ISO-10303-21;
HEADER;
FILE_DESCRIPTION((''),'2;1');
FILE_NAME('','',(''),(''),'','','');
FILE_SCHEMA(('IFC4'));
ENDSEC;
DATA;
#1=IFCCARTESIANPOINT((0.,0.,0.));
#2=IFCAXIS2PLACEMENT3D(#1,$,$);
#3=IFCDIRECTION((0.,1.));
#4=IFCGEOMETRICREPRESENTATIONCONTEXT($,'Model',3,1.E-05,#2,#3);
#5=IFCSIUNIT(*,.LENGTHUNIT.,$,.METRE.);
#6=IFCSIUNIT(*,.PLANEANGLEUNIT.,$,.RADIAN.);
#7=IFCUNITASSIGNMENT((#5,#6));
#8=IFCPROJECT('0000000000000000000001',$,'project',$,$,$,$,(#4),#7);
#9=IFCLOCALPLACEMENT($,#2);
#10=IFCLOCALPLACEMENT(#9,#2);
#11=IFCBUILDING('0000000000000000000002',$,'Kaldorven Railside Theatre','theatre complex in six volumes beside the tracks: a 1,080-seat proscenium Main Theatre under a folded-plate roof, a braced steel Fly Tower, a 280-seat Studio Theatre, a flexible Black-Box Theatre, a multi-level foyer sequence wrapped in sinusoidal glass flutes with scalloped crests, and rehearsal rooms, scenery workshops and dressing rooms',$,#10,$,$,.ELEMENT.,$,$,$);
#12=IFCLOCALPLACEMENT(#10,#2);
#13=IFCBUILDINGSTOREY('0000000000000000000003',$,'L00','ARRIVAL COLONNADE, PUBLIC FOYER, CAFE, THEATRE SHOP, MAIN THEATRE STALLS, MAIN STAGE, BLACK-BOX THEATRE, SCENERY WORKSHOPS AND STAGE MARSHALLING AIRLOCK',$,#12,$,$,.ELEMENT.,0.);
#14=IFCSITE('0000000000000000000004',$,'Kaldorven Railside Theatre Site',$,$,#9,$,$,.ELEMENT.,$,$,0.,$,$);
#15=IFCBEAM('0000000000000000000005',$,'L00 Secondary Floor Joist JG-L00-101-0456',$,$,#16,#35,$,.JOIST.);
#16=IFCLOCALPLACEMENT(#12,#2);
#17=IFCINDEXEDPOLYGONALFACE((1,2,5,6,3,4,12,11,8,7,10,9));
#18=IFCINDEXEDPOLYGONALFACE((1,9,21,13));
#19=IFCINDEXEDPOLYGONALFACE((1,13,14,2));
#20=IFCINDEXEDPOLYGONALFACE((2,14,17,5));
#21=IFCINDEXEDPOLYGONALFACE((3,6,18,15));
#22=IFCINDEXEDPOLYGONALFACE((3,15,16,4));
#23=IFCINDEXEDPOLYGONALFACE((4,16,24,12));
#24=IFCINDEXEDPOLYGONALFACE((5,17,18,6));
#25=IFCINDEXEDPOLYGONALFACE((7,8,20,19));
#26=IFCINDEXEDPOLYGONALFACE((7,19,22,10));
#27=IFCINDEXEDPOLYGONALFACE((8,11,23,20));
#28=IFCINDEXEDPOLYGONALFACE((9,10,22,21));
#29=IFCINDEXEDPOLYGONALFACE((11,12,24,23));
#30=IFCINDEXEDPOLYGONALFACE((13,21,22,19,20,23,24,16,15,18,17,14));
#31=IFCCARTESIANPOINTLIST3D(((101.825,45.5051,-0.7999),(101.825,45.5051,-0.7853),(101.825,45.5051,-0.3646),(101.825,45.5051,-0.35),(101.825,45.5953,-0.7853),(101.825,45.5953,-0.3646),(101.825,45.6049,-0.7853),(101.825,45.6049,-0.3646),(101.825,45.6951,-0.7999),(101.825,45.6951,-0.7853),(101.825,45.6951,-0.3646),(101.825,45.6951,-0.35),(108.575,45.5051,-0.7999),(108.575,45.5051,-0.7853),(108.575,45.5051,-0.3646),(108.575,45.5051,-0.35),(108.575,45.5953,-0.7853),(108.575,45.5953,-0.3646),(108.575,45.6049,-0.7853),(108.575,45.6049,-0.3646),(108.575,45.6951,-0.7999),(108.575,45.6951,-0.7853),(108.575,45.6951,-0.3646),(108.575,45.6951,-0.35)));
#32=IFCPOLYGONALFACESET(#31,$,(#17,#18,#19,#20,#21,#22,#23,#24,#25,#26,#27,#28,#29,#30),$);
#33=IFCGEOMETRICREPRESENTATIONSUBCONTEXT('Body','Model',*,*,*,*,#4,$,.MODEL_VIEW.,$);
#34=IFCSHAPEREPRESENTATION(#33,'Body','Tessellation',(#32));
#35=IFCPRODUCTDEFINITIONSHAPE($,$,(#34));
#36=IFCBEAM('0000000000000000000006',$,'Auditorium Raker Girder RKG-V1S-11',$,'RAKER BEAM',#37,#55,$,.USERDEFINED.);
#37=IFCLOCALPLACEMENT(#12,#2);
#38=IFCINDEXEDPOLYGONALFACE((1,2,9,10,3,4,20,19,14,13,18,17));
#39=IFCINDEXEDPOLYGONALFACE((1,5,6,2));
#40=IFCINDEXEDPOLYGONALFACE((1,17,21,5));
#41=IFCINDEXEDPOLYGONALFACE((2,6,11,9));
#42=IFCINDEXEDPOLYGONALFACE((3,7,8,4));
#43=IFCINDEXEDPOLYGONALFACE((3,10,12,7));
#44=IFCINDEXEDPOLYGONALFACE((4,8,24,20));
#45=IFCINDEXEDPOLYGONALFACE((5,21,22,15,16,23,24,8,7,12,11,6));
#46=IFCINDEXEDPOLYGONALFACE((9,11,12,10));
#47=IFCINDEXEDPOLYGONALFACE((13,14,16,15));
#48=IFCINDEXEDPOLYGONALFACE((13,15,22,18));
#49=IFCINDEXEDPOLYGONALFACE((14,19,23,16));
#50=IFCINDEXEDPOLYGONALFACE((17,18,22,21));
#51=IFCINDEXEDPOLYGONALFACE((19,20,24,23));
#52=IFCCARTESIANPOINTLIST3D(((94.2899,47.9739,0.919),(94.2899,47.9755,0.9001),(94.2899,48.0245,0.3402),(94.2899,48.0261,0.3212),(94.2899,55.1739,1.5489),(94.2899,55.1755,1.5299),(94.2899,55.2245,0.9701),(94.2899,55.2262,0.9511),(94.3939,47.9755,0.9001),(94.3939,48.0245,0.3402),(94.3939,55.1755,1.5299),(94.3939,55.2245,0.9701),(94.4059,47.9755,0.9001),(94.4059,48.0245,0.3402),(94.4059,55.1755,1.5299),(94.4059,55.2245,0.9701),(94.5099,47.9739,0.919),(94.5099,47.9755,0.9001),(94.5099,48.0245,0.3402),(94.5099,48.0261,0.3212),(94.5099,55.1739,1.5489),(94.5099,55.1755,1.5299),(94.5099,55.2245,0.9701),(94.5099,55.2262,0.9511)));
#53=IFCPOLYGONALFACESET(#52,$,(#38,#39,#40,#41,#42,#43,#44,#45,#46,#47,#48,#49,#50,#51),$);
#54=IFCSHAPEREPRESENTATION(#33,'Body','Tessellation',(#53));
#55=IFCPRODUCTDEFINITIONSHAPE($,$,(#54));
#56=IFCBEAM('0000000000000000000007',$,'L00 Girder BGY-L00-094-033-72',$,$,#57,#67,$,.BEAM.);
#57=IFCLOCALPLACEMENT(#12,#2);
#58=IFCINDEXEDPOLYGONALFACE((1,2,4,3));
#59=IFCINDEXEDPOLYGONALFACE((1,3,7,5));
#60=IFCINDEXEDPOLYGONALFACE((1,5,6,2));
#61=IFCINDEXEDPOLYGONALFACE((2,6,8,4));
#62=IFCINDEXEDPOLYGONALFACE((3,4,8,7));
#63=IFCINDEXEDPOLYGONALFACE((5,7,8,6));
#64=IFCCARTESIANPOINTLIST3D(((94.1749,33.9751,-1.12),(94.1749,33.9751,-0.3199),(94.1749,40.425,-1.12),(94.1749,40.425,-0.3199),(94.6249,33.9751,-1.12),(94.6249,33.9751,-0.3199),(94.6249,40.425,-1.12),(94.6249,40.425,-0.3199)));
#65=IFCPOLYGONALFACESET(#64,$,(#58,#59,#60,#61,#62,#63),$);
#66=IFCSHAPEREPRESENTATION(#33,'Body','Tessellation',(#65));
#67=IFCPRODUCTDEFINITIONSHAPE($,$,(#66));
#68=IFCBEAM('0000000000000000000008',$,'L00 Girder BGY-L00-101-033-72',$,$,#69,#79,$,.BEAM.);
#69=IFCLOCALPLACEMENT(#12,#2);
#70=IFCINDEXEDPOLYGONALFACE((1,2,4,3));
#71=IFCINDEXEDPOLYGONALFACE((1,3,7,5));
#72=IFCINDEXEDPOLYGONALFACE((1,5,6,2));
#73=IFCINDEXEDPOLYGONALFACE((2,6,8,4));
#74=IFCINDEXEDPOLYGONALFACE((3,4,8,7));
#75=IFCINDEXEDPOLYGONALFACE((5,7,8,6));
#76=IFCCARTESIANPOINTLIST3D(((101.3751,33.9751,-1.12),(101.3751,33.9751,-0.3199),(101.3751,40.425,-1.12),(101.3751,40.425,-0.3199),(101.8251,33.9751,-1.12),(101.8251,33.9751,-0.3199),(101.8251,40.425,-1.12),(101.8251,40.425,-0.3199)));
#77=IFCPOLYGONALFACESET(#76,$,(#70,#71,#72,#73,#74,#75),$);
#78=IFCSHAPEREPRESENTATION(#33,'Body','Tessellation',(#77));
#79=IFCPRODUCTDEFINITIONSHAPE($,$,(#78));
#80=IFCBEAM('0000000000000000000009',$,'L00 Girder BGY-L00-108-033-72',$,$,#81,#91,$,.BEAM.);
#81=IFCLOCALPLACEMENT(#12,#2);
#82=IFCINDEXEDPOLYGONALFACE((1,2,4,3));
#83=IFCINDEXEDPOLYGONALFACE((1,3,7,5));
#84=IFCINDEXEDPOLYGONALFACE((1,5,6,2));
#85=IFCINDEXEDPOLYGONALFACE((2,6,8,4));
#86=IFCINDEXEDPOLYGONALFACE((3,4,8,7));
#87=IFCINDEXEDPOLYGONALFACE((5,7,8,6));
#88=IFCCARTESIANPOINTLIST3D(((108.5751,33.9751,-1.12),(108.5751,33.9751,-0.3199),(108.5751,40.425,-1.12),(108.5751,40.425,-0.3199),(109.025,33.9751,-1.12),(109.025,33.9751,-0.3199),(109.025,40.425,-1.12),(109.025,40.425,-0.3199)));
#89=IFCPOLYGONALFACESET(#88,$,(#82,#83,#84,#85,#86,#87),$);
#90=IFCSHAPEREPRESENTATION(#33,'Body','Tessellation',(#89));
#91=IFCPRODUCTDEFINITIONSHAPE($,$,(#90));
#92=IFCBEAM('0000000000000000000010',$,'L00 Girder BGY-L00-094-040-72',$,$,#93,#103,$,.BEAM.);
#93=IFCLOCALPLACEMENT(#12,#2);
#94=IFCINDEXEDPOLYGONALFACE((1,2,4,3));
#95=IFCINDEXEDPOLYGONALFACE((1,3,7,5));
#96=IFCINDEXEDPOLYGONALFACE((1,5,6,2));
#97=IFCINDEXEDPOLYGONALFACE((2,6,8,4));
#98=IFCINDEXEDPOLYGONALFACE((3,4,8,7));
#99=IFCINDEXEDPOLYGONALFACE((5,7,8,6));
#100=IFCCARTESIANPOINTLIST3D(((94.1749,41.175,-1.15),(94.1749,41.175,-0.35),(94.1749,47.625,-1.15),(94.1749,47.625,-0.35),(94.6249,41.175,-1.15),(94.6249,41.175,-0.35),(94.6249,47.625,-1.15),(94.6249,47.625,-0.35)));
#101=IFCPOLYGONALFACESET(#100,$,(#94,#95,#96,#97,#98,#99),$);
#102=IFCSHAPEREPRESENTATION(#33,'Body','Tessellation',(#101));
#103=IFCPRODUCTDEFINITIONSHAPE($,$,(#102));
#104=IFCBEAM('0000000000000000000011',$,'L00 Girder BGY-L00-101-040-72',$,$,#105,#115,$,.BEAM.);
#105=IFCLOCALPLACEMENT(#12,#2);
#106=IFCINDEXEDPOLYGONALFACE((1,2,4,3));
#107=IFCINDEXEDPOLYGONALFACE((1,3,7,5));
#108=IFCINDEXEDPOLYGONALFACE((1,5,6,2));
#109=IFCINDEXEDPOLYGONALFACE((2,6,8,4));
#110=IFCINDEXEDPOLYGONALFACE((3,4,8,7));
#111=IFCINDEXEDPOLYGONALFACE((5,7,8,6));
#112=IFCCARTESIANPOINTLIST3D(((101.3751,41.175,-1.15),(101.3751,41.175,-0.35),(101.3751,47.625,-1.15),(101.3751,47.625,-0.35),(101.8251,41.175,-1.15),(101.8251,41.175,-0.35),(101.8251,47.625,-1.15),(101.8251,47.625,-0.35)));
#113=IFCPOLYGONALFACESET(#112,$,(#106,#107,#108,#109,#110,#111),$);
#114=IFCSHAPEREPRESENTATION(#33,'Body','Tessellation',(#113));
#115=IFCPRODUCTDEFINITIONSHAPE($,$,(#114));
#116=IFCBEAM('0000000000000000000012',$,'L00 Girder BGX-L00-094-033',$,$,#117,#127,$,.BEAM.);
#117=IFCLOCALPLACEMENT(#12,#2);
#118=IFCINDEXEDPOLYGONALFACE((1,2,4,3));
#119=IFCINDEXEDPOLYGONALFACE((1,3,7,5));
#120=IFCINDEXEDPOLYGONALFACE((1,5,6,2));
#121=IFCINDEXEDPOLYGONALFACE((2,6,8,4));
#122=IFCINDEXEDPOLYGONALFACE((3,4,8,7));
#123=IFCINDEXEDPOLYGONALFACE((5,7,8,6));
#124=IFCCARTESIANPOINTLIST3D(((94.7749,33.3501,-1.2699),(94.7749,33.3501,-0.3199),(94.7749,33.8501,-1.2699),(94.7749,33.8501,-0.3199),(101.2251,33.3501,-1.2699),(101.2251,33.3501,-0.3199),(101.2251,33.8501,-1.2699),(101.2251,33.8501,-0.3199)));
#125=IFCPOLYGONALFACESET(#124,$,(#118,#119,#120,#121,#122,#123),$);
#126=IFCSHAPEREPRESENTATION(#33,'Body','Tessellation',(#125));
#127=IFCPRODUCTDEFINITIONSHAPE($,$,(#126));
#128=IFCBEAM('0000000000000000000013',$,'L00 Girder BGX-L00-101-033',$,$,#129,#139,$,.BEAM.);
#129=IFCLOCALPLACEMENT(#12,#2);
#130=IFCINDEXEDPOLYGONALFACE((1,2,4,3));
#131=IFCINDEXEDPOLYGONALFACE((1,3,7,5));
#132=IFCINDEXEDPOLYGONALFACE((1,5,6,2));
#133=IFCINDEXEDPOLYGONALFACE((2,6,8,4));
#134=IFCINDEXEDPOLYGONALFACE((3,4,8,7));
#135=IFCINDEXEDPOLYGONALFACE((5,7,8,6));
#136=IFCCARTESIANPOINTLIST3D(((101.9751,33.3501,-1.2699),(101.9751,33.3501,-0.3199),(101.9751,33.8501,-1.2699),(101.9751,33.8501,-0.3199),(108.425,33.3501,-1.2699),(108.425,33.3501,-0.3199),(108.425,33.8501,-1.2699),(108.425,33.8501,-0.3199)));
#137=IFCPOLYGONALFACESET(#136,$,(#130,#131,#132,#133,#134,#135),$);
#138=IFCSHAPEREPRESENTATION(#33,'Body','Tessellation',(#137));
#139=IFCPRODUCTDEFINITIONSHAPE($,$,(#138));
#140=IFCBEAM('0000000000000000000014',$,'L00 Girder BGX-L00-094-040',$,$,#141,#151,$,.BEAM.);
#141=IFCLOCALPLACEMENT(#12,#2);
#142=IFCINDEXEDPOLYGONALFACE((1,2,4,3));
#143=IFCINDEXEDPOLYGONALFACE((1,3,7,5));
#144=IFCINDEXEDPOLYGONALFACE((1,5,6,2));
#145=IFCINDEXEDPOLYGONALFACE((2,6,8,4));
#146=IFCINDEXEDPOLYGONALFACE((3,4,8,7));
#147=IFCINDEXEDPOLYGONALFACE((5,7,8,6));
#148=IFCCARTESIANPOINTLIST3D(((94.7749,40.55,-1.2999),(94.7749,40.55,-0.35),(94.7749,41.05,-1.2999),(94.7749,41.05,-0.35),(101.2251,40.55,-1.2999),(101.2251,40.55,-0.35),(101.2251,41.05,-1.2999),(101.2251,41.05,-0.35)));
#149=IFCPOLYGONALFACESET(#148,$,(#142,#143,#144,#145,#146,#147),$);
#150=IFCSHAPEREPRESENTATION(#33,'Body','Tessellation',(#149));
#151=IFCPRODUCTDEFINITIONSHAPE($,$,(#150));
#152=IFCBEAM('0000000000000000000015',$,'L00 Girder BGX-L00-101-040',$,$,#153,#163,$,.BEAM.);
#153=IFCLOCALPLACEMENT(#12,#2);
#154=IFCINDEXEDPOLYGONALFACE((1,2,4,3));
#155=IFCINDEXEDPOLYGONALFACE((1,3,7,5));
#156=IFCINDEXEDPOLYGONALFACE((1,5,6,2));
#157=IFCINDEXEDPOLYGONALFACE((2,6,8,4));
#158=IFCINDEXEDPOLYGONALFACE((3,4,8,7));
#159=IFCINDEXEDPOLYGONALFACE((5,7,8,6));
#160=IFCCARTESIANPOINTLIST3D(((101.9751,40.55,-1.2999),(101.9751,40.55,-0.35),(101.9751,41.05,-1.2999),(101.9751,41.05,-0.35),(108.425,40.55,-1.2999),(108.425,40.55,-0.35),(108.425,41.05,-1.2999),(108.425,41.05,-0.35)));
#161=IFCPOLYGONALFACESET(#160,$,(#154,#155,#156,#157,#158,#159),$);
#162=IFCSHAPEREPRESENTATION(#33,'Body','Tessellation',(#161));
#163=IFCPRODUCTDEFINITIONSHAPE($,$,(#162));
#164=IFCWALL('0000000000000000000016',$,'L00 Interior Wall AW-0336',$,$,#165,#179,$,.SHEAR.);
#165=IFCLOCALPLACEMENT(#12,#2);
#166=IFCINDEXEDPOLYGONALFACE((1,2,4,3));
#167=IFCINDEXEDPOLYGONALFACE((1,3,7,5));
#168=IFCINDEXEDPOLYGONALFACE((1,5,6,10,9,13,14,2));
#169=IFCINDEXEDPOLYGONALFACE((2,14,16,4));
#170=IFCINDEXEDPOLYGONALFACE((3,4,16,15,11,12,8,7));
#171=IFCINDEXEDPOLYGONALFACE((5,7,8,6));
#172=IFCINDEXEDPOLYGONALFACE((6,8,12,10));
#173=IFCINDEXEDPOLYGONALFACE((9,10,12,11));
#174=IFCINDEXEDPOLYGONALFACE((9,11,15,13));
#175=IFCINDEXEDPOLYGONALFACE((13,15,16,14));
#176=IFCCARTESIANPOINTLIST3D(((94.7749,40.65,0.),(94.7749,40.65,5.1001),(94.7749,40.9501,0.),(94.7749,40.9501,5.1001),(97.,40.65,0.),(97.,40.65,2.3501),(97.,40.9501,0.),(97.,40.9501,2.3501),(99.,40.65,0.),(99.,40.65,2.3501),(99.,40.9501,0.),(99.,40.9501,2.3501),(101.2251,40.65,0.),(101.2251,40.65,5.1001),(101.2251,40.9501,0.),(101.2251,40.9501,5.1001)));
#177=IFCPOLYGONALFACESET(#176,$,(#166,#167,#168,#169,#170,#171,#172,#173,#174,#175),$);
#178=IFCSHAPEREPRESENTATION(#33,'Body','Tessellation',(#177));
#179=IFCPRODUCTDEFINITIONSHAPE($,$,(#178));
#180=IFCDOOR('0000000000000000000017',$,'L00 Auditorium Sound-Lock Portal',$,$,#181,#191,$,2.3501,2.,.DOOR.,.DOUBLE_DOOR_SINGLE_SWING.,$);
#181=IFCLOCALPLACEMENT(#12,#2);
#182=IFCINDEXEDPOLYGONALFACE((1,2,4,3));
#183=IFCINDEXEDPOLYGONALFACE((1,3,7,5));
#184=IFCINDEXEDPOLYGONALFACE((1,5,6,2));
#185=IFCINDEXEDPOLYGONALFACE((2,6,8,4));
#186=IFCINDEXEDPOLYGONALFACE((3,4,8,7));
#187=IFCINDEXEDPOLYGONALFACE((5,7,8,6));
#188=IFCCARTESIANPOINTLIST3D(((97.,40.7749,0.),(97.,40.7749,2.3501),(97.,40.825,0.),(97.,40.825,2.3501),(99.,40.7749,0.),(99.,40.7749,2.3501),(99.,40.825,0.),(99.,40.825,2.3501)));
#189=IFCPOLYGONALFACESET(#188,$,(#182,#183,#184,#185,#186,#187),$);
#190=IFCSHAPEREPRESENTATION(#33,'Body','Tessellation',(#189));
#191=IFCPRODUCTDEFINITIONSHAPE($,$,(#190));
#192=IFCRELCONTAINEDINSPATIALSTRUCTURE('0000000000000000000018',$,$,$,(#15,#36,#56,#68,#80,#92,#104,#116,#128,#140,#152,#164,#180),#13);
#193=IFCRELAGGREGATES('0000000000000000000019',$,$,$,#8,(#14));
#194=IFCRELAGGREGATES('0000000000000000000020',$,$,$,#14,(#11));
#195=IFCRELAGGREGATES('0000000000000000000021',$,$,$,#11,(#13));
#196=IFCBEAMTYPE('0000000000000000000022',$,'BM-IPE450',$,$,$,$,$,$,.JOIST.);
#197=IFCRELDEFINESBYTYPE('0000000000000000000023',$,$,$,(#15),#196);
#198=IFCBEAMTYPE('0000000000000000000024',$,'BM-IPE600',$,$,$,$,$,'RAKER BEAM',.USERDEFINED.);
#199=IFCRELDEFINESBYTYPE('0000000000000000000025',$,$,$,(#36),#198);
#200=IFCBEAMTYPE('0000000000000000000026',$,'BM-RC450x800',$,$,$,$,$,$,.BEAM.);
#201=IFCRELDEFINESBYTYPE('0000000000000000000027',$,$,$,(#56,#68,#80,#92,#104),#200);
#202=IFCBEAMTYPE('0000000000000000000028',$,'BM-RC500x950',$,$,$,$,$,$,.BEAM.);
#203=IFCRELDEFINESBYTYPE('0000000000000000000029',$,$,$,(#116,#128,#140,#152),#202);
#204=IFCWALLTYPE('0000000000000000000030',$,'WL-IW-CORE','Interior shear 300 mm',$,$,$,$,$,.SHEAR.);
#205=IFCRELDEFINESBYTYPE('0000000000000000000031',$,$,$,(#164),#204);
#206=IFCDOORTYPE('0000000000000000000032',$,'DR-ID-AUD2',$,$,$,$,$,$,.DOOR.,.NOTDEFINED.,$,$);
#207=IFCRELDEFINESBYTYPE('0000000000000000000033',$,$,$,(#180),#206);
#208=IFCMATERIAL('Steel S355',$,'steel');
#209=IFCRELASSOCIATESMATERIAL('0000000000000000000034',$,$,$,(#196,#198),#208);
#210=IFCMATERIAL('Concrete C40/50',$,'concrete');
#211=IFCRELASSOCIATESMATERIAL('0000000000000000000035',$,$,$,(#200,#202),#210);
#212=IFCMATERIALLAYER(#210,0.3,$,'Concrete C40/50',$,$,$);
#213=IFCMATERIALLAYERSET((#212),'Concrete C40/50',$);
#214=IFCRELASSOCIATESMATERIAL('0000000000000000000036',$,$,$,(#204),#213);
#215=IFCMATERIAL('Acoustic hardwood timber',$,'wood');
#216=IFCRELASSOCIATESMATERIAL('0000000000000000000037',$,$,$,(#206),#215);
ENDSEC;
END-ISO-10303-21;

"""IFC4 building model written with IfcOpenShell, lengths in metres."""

from ifc_helpers import new_model, si_unit, direction, frame, frame_2d, origin, origin_2d, place, context, subcontext, project, spatial, rectangle, i_section, extrude, material, layer, layer_set, material_profile, profile_set, type_object, element, fill, save


model = new_model("IFC4")

# Units and contexts
model_context = context("Model", 3, precision=1e-05, world=origin(), true_north=direction((0.0, 1.0)))
body_context = subcontext(model_context, "Body", "Model", "MODEL_VIEW")
ifc_project = project(units=[si_unit("LENGTHUNIT", "METRE"), si_unit("PLANEANGLEUNIT", "RADIAN")], contexts=[model_context])

# Site, building, storey
site_placement = place(None, origin())
site = spatial("IfcSite", under=ifc_project, at=site_placement, Name="Kaldorven Railside Theatre Site", CompositionType="ELEMENT", RefElevation=0.0)
building_placement = place(site_placement, origin())
building = spatial("IfcBuilding", under=site, at=building_placement, Name="Kaldorven Railside Theatre", Description="theatre complex in six volumes beside the tracks: a 1,080-seat proscenium Main Theatre under a folded-plate roof, a braced steel Fly Tower, a 280-seat Studio Theatre, a flexible Black-Box Theatre, a multi-level foyer sequence wrapped in sinusoidal glass flutes with scalloped crests, and rehearsal rooms, scenery workshops and dressing rooms", CompositionType="ELEMENT")
storey_placement = place(building_placement, origin())
storey = spatial("IfcBuildingStorey", under=building, at=storey_placement, Name="L00", Description="ARRIVAL COLONNADE, PUBLIC FOYER, CAFE, THEATRE SHOP, MAIN THEATRE STALLS, MAIN STAGE, BLACK-BOX THEATRE, SCENERY WORKSHOPS AND STAGE MARSHALLING AIRLOCK", CompositionType="ELEMENT", Elevation=0.0)

# Shared definitions
ifc_material_1 = material(Name="Concrete C40/50", Category="concrete")

# Beams
ifc_material_2 = material(Name="Steel S355", Category="steel")
ifc_material_profile_1 = material_profile(ifc_material_2, i_section(OverallWidth=0.1899, OverallDepth=0.45, WebThickness=0.0095, FlangeThickness=0.0146, at=origin_2d()), Name="IPE 450")
ifc_profile_set_1 = profile_set([ifc_material_profile_1], Name="Steel S355")
beam_type_1 = type_object("IfcBeamType", Name="BM-IPE450", PredefinedType="JOIST", material=ifc_profile_set_1)
for number, where, z_axis, x_axis, name in (
    (1, (101.825, 45.6001, -0.575), (1.0, 0.0, 0.0), (0.0, 1.0, 0.0), "L00 Secondary Floor Joist JG-L00-101-0456"),
):
    element("IfcBeam", number, at=place(storey_placement, frame(where, z_axis=z_axis, x_axis=x_axis)), inside=storey, type_object=beam_type_1, Name=name, PredefinedType="JOIST", context=body_context, shape_type="SweptSolid", body=[
        extrude(i_section(OverallWidth=0.1899, OverallDepth=0.45, WebThickness=0.0095, FlangeThickness=0.0146, at=origin_2d()), origin(), (0.0, 0.0, 1.0), 6.75),
    ])
ifc_material_profile_2 = material_profile(ifc_material_2, i_section(OverallWidth=0.22, OverallDepth=0.6001, WebThickness=0.012, FlangeThickness=0.019, at=origin_2d()), Name="IPE 600")
ifc_profile_set_2 = profile_set([ifc_material_profile_2], Name="Steel S355")
beam_type_2 = type_object("IfcBeamType", Name="BM-IPE600", ElementType="RAKER BEAM", PredefinedType="USERDEFINED", material=ifc_profile_set_2)
beam_1_placement = place(storey_placement, frame((94.3999, 48.0, 0.6201), z_axis=(0.0, 0.996195, 0.087151), x_axis=(-1.0, 0.0, 0.0)))
element("IfcBeam", 2, at=beam_1_placement, inside=storey, type_object=beam_type_2, Name="Auditorium Raker Girder RKG-V1S-11", ObjectType="RAKER BEAM", PredefinedType="USERDEFINED", context=body_context, shape_type="SweptSolid", body=[
    extrude(i_section(OverallWidth=0.22, OverallDepth=0.6001, WebThickness=0.012, FlangeThickness=0.019, at=origin_2d()), origin(), (0.0, 0.0, 1.0), 7.2275),
])
ifc_material_profile_3 = material_profile(ifc_material_1, rectangle(XDim=0.45, YDim=0.8, at=origin_2d()), Name="RC 450x800")
ifc_profile_set_3 = profile_set([ifc_material_profile_3], Name="Concrete C40/50")
beam_type_3 = type_object("IfcBeamType", Name="BM-RC450x800", PredefinedType="BEAM", material=ifc_profile_set_3)
for number, where, z_axis, x_axis, name in (
    (3, (94.3999, 33.9751, -0.72), (0.0, 1.0, 0.0), (-1.0, 0.0, 0.0), "L00 Girder BGY-L00-094-033-72"),
    (4, (101.6001, 33.9751, -0.72), (0.0, 1.0, 0.0), (-1.0, 0.0, 0.0), "L00 Girder BGY-L00-101-033-72"),
    (5, (108.8, 33.9751, -0.72), (0.0, 1.0, 0.0), (-1.0, 0.0, 0.0), "L00 Girder BGY-L00-108-033-72"),
    (6, (94.3999, 41.175, -0.75), (0.0, 1.0, 0.0), (-1.0, 0.0, 0.0), "L00 Girder BGY-L00-094-040-72"),
    (7, (101.6001, 41.175, -0.75), (0.0, 1.0, 0.0), (-1.0, 0.0, 0.0), "L00 Girder BGY-L00-101-040-72"),
):
    element("IfcBeam", number, at=place(storey_placement, frame(where, z_axis=z_axis, x_axis=x_axis)), inside=storey, type_object=beam_type_3, Name=name, PredefinedType="BEAM", context=body_context, shape_type="SweptSolid", body=[
        extrude(rectangle(XDim=0.45, YDim=0.8, at=origin_2d()), origin(), (0.0, 0.0, 1.0), 6.45),
    ])
ifc_material_profile_4 = material_profile(ifc_material_1, rectangle(XDim=0.5, YDim=0.95, at=origin_2d()), Name="RC 500x950")
ifc_profile_set_4 = profile_set([ifc_material_profile_4], Name="Concrete C40/50")
beam_type_4 = type_object("IfcBeamType", Name="BM-RC500x950", PredefinedType="BEAM", material=ifc_profile_set_4)
beam_2_placement = place(storey_placement, frame((94.7749, 33.6001, -0.7949), z_axis=(1.0, 0.0, 0.0), x_axis=(0.0, 1.0, 0.0)))
element("IfcBeam", 8, at=beam_2_placement, inside=storey, type_object=beam_type_4, Name="L00 Girder BGX-L00-094-033", PredefinedType="BEAM", context=body_context, shape_type="SweptSolid", body=[
    extrude(rectangle(XDim=0.5, YDim=0.95, at=origin_2d()), origin(), (0.0, 0.0, 1.0), 6.4502),
])
beam_3_placement = place(storey_placement, frame((101.9751, 33.6001, -0.7949), z_axis=(1.0, 0.0, 0.0), x_axis=(0.0, 1.0, 0.0)))
element("IfcBeam", 9, at=beam_3_placement, inside=storey, type_object=beam_type_4, Name="L00 Girder BGX-L00-101-033", PredefinedType="BEAM", context=body_context, shape_type="SweptSolid", body=[
    extrude(rectangle(XDim=0.5, YDim=0.95, at=origin_2d()), origin(), (0.0, 0.0, 1.0), 6.45),
])
beam_4_placement = place(storey_placement, frame((94.7749, 40.8, -0.825), z_axis=(1.0, 0.0, 0.0), x_axis=(0.0, 1.0, 0.0)))
element("IfcBeam", 10, at=beam_4_placement, inside=storey, type_object=beam_type_4, Name="L00 Girder BGX-L00-094-040", PredefinedType="BEAM", context=body_context, shape_type="SweptSolid", body=[
    extrude(rectangle(XDim=0.5, YDim=0.95, at=origin_2d()), origin(), (0.0, 0.0, 1.0), 6.4502),
])
beam_5_placement = place(storey_placement, frame((101.9751, 40.8, -0.825), z_axis=(1.0, 0.0, 0.0), x_axis=(0.0, 1.0, 0.0)))
element("IfcBeam", 11, at=beam_5_placement, inside=storey, type_object=beam_type_4, Name="L00 Girder BGX-L00-101-040", PredefinedType="BEAM", context=body_context, shape_type="SweptSolid", body=[
    extrude(rectangle(XDim=0.5, YDim=0.95, at=origin_2d()), origin(), (0.0, 0.0, 1.0), 6.45),
])

# Wall, opening, door
ifc_layer = layer(ifc_material_1, 0.3, Name="Concrete C40/50")
ifc_layer_set = layer_set([ifc_layer], Name="Concrete C40/50")
wall_type = type_object("IfcWallType", Name="WL-IW-CORE", Description="Interior shear 300 mm", PredefinedType="SHEAR", material=ifc_layer_set)
wall_1_placement = place(storey_placement, frame((94.7749, 40.8, 0.0), z_axis=(0.0, 0.0, 1.0), x_axis=(1.0, 0.0, 0.0)))
wall_1 = element("IfcWall", 12, at=wall_1_placement, inside=storey, type_object=wall_type, Name="L00 Interior Wall AW-0336", PredefinedType="SHEAR", context=body_context, shape_type="SweptSolid", body=[
    extrude(rectangle(XDim=6.4502, YDim=0.3, at=frame_2d((3.2251, 0.0))), origin(), (0.0, 0.0, 1.0), 5.1001),
])
opening_placement = place(wall_1_placement, frame((2.2251, 0.0, 0.0)))
opening = element("IfcOpeningElement", 13, at=opening_placement, cuts=wall_1, PredefinedType="OPENING", context=body_context, shape_type="SweptSolid", body=[
    extrude(rectangle(XDim=2.0, YDim=2.3501, at=frame_2d((1.0, 1.175))), frame((0.0, 0.1602, 0.0), z_axis=(0.0, -1.0, 0.0), x_axis=(1.0, 0.0, 0.0)), (0.0, 0.0, 1.0), 0.3201),
])
ifc_material_3 = material(Name="Acoustic hardwood timber", Category="wood")
door_type = type_object("IfcDoorType", Name="DR-ID-AUD2", OperationType="NOTDEFINED", PredefinedType="DOOR", material=ifc_material_3)
door_placement = place(opening_placement, origin())
door = element("IfcDoor", 14, at=door_placement, inside=storey, type_object=door_type, Name="L00 Auditorium Sound-Lock Portal", OperationType="DOUBLE_DOOR_SINGLE_SWING", OverallHeight=2.3501, OverallWidth=2.0, PredefinedType="DOOR", context=body_context, shape_type="SweptSolid", body=[
    extrude(rectangle(XDim=2.0, YDim=2.3501, at=frame_2d((1.0, 1.175))), frame((0.0, 0.0249, 0.0), z_axis=(0.0, -1.0, 0.0), x_axis=(1.0, 0.0, 0.0)), (0.0, 0.0, 1.0), 0.05),
])
fill(opening, door)

save(model, "model.ifc")
